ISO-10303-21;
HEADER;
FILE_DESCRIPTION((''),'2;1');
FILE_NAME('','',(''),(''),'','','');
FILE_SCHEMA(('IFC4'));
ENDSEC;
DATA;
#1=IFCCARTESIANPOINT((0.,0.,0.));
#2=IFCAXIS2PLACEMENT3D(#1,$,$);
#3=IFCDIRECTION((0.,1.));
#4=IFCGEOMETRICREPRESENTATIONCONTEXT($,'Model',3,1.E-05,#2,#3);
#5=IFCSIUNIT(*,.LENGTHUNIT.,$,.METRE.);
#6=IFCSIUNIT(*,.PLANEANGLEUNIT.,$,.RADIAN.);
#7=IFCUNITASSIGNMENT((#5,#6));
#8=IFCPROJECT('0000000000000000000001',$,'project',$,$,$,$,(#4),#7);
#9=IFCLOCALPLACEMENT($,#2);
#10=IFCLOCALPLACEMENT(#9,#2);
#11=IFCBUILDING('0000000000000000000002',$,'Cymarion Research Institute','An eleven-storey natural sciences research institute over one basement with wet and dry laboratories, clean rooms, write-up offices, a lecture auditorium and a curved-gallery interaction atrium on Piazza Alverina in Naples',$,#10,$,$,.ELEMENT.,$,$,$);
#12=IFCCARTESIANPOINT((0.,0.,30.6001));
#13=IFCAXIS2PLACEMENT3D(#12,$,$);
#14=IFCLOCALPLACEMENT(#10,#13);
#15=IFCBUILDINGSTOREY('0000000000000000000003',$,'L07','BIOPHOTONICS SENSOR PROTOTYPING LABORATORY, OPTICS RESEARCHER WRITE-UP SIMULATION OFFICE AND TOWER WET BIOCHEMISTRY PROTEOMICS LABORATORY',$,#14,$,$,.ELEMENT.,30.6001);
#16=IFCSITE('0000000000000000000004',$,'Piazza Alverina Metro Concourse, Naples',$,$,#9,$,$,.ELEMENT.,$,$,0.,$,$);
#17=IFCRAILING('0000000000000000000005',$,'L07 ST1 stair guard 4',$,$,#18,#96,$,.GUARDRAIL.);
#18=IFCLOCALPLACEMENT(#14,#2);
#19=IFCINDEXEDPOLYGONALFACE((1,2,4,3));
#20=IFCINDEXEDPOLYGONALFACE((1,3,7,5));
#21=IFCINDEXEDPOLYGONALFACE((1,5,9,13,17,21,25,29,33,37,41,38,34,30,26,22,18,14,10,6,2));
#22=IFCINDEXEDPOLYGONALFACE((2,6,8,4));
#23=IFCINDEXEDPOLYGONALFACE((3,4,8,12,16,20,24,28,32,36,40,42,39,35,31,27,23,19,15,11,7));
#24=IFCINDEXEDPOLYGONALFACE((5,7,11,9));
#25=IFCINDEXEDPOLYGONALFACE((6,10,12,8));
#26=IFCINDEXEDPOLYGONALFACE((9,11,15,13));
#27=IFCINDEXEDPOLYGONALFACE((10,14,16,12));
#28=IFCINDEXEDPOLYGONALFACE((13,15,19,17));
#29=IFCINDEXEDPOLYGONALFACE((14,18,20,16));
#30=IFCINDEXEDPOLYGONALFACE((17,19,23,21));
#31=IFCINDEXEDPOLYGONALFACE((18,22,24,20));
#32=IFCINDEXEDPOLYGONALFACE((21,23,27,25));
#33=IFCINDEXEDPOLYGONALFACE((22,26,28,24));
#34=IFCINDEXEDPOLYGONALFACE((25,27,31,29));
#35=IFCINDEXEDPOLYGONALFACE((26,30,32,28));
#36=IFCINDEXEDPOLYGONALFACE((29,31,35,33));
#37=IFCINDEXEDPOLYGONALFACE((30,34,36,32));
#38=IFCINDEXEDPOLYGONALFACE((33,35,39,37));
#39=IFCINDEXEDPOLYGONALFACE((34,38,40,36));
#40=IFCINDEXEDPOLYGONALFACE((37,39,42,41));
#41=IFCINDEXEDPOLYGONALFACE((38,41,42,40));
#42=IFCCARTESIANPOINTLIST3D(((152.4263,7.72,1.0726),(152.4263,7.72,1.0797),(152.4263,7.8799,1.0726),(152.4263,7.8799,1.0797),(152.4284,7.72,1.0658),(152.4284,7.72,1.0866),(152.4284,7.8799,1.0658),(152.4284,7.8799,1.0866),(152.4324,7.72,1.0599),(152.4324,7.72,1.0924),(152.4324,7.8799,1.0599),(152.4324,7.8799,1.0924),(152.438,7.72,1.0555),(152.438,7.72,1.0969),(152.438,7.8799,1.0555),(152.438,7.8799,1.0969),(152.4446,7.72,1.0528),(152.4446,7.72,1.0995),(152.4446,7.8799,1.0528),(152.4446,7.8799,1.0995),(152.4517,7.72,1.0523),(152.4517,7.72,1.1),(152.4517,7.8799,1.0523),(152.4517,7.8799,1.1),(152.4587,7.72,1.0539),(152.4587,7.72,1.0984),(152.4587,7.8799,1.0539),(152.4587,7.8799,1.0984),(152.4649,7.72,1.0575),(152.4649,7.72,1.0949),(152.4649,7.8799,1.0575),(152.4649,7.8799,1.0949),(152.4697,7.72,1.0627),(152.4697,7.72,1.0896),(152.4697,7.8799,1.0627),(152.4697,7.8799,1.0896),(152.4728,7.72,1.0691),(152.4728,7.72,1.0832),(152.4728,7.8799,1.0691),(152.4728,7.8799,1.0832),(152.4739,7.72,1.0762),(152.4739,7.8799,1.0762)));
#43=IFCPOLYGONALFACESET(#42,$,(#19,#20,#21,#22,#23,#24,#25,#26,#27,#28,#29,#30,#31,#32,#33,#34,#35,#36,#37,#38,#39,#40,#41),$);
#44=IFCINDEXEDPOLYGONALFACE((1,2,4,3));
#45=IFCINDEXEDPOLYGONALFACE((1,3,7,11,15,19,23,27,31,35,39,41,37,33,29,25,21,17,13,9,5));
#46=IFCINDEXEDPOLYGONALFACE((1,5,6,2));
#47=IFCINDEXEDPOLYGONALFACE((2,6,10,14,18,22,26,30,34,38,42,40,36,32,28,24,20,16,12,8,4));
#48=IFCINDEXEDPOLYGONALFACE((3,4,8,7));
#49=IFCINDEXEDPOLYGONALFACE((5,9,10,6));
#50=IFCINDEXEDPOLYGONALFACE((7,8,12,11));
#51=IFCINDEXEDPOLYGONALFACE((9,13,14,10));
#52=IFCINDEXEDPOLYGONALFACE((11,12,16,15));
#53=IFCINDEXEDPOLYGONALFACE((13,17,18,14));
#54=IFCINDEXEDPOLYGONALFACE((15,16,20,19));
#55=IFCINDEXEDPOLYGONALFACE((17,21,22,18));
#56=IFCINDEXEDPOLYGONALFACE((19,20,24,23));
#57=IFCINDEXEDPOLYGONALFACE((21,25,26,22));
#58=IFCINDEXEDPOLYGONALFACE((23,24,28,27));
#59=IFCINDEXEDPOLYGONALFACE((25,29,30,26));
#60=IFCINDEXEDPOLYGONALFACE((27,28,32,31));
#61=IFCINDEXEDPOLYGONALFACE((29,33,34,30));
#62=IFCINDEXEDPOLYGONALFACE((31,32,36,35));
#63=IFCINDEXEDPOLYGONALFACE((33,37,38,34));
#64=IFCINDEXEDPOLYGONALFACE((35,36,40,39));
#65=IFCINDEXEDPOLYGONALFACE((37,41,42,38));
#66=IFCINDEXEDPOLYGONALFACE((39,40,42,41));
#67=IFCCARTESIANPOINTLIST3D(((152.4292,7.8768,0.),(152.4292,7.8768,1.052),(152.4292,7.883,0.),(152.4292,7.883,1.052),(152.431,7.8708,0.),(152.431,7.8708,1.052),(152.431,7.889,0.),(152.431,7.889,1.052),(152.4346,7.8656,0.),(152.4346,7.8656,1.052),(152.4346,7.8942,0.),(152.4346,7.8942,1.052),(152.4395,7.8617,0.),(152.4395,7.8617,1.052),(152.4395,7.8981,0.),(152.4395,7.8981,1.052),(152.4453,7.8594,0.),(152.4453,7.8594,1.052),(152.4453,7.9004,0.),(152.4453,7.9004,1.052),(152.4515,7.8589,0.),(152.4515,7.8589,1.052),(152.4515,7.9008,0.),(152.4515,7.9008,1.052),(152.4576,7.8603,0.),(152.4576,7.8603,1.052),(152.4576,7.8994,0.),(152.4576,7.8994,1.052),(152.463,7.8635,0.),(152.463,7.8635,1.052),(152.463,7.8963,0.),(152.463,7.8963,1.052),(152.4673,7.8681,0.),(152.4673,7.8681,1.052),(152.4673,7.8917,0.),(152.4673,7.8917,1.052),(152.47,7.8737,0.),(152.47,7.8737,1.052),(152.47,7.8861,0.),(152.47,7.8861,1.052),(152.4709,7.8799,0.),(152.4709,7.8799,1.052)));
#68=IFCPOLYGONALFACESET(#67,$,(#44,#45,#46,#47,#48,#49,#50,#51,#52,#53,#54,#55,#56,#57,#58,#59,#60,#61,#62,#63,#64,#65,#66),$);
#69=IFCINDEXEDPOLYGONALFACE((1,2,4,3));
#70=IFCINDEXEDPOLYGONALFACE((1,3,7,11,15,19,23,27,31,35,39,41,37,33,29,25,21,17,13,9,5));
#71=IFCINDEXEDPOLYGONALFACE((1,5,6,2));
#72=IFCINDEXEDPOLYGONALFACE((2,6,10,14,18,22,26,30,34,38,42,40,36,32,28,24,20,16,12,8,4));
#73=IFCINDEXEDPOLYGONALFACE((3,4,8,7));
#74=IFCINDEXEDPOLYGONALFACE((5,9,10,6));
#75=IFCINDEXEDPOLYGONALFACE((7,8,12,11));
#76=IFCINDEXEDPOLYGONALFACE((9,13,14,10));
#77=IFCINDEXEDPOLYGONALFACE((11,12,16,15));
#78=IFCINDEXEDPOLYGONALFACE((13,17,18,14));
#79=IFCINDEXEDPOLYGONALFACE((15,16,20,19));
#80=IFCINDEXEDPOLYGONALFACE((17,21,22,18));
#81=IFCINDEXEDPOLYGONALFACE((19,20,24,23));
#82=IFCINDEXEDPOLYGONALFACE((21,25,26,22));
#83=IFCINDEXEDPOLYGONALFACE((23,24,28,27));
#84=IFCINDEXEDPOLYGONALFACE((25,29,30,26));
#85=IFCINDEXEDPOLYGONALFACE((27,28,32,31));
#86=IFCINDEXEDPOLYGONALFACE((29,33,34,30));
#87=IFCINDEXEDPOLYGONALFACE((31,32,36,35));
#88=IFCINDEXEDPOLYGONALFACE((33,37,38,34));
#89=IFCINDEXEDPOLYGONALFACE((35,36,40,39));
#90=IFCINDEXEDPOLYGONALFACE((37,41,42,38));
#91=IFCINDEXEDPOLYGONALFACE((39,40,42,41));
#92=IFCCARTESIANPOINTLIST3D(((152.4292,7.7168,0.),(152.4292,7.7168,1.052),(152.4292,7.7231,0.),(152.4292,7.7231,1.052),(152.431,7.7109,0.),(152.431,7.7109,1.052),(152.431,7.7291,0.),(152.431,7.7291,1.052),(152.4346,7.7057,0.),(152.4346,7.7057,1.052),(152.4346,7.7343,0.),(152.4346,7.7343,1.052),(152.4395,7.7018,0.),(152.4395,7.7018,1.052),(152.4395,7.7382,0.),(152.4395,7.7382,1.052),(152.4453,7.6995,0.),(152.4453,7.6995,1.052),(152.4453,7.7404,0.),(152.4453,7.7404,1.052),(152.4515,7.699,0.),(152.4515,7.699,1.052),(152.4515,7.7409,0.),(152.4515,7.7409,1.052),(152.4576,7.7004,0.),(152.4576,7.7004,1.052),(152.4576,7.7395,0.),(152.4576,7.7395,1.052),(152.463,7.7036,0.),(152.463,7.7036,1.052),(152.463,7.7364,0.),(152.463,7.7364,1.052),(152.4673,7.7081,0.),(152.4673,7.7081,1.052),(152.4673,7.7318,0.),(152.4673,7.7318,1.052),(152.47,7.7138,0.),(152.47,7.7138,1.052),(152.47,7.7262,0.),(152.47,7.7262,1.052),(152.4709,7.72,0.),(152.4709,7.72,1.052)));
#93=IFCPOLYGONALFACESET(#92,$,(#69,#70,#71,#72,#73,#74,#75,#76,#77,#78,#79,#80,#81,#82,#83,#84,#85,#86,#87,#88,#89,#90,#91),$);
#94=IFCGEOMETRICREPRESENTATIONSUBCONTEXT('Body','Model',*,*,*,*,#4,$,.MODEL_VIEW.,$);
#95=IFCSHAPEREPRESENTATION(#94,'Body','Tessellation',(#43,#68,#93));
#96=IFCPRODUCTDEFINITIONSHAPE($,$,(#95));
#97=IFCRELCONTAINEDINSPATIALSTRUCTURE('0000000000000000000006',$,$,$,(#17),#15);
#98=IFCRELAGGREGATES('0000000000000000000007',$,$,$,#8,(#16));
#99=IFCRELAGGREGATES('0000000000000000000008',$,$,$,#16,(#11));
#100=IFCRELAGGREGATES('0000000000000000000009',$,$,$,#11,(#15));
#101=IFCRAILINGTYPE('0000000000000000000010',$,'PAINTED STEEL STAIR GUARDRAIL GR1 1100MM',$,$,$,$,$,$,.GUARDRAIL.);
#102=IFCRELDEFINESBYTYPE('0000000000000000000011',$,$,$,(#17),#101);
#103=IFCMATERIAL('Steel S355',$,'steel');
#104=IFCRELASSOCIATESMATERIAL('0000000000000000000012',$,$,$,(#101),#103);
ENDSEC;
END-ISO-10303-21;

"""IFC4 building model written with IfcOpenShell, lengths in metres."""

from ifc_helpers import new_model, si_unit, direction, frame, origin, origin_2d, place, context, subcontext, project, spatial, circle, extrude, material, type_object, element, save


model = new_model("IFC4")

# Units and contexts
model_context = context("Model", 3, precision=1e-05, world=origin(), true_north=direction((0.0, 1.0)))
body_context = subcontext(model_context, "Body", "Model", "MODEL_VIEW")
ifc_project = project(units=[si_unit("LENGTHUNIT", "METRE"), si_unit("PLANEANGLEUNIT", "RADIAN")], contexts=[model_context])

# Site, building, storey
site_placement = place(None, origin())
site = spatial("IfcSite", under=ifc_project, at=site_placement, Name="Piazza Alverina Metro Concourse, Naples", CompositionType="ELEMENT", RefElevation=0.0)
building_placement = place(site_placement, origin())
building = spatial("IfcBuilding", under=site, at=building_placement, Name="Cymarion Research Institute", Description="An eleven-storey natural sciences research institute over one basement with wet and dry laboratories, clean rooms, write-up offices, a lecture auditorium and a curved-gallery interaction atrium on Piazza Alverina in Naples", CompositionType="ELEMENT")
storey_placement = place(building_placement, frame((0.0, 0.0, 30.6001)))
storey = spatial("IfcBuildingStorey", under=building, at=storey_placement, Name="L07", Description="BIOPHOTONICS SENSOR PROTOTYPING LABORATORY, OPTICS RESEARCHER WRITE-UP SIMULATION OFFICE AND TOWER WET BIOCHEMISTRY PROTEOMICS LABORATORY", CompositionType="ELEMENT", Elevation=30.6001)

# Shared definitions
ifc_material_1 = material(Name="Steel S355", Category="steel")

# Railing
railing_type_1 = type_object("IfcRailingType", Name="PAINTED STEEL STAIR GUARDRAIL GR1 1100MM", PredefinedType="GUARDRAIL", material=ifc_material_1)
railing_1_placement = place(storey_placement, frame((152.45, 7.8799, 0.0)))
element("IfcRailing", 1, at=railing_1_placement, inside=storey, type_object=railing_type_1, Name="L07 ST1 stair guard 4", PredefinedType="GUARDRAIL", context=body_context, shape_type="SweptSolid", body=[
    extrude(circle(Radius=0.0239, at=origin_2d()), frame((0.0, 0.0, 1.0762), z_axis=(0.0, -1.0, 0.0), x_axis=(1.0, 0.0, 0.0)), (0.0, 0.0, 1.0), 0.1599),
    extrude(circle(Radius=0.021, at=origin_2d()), origin(), (0.0, 0.0, 1.0), 1.052),
    extrude(circle(Radius=0.021, at=origin_2d()), frame((0.0, -0.1599, 0.0)), (0.0, 0.0, 1.0), 1.052),
])

save(model, "model.ifc")
